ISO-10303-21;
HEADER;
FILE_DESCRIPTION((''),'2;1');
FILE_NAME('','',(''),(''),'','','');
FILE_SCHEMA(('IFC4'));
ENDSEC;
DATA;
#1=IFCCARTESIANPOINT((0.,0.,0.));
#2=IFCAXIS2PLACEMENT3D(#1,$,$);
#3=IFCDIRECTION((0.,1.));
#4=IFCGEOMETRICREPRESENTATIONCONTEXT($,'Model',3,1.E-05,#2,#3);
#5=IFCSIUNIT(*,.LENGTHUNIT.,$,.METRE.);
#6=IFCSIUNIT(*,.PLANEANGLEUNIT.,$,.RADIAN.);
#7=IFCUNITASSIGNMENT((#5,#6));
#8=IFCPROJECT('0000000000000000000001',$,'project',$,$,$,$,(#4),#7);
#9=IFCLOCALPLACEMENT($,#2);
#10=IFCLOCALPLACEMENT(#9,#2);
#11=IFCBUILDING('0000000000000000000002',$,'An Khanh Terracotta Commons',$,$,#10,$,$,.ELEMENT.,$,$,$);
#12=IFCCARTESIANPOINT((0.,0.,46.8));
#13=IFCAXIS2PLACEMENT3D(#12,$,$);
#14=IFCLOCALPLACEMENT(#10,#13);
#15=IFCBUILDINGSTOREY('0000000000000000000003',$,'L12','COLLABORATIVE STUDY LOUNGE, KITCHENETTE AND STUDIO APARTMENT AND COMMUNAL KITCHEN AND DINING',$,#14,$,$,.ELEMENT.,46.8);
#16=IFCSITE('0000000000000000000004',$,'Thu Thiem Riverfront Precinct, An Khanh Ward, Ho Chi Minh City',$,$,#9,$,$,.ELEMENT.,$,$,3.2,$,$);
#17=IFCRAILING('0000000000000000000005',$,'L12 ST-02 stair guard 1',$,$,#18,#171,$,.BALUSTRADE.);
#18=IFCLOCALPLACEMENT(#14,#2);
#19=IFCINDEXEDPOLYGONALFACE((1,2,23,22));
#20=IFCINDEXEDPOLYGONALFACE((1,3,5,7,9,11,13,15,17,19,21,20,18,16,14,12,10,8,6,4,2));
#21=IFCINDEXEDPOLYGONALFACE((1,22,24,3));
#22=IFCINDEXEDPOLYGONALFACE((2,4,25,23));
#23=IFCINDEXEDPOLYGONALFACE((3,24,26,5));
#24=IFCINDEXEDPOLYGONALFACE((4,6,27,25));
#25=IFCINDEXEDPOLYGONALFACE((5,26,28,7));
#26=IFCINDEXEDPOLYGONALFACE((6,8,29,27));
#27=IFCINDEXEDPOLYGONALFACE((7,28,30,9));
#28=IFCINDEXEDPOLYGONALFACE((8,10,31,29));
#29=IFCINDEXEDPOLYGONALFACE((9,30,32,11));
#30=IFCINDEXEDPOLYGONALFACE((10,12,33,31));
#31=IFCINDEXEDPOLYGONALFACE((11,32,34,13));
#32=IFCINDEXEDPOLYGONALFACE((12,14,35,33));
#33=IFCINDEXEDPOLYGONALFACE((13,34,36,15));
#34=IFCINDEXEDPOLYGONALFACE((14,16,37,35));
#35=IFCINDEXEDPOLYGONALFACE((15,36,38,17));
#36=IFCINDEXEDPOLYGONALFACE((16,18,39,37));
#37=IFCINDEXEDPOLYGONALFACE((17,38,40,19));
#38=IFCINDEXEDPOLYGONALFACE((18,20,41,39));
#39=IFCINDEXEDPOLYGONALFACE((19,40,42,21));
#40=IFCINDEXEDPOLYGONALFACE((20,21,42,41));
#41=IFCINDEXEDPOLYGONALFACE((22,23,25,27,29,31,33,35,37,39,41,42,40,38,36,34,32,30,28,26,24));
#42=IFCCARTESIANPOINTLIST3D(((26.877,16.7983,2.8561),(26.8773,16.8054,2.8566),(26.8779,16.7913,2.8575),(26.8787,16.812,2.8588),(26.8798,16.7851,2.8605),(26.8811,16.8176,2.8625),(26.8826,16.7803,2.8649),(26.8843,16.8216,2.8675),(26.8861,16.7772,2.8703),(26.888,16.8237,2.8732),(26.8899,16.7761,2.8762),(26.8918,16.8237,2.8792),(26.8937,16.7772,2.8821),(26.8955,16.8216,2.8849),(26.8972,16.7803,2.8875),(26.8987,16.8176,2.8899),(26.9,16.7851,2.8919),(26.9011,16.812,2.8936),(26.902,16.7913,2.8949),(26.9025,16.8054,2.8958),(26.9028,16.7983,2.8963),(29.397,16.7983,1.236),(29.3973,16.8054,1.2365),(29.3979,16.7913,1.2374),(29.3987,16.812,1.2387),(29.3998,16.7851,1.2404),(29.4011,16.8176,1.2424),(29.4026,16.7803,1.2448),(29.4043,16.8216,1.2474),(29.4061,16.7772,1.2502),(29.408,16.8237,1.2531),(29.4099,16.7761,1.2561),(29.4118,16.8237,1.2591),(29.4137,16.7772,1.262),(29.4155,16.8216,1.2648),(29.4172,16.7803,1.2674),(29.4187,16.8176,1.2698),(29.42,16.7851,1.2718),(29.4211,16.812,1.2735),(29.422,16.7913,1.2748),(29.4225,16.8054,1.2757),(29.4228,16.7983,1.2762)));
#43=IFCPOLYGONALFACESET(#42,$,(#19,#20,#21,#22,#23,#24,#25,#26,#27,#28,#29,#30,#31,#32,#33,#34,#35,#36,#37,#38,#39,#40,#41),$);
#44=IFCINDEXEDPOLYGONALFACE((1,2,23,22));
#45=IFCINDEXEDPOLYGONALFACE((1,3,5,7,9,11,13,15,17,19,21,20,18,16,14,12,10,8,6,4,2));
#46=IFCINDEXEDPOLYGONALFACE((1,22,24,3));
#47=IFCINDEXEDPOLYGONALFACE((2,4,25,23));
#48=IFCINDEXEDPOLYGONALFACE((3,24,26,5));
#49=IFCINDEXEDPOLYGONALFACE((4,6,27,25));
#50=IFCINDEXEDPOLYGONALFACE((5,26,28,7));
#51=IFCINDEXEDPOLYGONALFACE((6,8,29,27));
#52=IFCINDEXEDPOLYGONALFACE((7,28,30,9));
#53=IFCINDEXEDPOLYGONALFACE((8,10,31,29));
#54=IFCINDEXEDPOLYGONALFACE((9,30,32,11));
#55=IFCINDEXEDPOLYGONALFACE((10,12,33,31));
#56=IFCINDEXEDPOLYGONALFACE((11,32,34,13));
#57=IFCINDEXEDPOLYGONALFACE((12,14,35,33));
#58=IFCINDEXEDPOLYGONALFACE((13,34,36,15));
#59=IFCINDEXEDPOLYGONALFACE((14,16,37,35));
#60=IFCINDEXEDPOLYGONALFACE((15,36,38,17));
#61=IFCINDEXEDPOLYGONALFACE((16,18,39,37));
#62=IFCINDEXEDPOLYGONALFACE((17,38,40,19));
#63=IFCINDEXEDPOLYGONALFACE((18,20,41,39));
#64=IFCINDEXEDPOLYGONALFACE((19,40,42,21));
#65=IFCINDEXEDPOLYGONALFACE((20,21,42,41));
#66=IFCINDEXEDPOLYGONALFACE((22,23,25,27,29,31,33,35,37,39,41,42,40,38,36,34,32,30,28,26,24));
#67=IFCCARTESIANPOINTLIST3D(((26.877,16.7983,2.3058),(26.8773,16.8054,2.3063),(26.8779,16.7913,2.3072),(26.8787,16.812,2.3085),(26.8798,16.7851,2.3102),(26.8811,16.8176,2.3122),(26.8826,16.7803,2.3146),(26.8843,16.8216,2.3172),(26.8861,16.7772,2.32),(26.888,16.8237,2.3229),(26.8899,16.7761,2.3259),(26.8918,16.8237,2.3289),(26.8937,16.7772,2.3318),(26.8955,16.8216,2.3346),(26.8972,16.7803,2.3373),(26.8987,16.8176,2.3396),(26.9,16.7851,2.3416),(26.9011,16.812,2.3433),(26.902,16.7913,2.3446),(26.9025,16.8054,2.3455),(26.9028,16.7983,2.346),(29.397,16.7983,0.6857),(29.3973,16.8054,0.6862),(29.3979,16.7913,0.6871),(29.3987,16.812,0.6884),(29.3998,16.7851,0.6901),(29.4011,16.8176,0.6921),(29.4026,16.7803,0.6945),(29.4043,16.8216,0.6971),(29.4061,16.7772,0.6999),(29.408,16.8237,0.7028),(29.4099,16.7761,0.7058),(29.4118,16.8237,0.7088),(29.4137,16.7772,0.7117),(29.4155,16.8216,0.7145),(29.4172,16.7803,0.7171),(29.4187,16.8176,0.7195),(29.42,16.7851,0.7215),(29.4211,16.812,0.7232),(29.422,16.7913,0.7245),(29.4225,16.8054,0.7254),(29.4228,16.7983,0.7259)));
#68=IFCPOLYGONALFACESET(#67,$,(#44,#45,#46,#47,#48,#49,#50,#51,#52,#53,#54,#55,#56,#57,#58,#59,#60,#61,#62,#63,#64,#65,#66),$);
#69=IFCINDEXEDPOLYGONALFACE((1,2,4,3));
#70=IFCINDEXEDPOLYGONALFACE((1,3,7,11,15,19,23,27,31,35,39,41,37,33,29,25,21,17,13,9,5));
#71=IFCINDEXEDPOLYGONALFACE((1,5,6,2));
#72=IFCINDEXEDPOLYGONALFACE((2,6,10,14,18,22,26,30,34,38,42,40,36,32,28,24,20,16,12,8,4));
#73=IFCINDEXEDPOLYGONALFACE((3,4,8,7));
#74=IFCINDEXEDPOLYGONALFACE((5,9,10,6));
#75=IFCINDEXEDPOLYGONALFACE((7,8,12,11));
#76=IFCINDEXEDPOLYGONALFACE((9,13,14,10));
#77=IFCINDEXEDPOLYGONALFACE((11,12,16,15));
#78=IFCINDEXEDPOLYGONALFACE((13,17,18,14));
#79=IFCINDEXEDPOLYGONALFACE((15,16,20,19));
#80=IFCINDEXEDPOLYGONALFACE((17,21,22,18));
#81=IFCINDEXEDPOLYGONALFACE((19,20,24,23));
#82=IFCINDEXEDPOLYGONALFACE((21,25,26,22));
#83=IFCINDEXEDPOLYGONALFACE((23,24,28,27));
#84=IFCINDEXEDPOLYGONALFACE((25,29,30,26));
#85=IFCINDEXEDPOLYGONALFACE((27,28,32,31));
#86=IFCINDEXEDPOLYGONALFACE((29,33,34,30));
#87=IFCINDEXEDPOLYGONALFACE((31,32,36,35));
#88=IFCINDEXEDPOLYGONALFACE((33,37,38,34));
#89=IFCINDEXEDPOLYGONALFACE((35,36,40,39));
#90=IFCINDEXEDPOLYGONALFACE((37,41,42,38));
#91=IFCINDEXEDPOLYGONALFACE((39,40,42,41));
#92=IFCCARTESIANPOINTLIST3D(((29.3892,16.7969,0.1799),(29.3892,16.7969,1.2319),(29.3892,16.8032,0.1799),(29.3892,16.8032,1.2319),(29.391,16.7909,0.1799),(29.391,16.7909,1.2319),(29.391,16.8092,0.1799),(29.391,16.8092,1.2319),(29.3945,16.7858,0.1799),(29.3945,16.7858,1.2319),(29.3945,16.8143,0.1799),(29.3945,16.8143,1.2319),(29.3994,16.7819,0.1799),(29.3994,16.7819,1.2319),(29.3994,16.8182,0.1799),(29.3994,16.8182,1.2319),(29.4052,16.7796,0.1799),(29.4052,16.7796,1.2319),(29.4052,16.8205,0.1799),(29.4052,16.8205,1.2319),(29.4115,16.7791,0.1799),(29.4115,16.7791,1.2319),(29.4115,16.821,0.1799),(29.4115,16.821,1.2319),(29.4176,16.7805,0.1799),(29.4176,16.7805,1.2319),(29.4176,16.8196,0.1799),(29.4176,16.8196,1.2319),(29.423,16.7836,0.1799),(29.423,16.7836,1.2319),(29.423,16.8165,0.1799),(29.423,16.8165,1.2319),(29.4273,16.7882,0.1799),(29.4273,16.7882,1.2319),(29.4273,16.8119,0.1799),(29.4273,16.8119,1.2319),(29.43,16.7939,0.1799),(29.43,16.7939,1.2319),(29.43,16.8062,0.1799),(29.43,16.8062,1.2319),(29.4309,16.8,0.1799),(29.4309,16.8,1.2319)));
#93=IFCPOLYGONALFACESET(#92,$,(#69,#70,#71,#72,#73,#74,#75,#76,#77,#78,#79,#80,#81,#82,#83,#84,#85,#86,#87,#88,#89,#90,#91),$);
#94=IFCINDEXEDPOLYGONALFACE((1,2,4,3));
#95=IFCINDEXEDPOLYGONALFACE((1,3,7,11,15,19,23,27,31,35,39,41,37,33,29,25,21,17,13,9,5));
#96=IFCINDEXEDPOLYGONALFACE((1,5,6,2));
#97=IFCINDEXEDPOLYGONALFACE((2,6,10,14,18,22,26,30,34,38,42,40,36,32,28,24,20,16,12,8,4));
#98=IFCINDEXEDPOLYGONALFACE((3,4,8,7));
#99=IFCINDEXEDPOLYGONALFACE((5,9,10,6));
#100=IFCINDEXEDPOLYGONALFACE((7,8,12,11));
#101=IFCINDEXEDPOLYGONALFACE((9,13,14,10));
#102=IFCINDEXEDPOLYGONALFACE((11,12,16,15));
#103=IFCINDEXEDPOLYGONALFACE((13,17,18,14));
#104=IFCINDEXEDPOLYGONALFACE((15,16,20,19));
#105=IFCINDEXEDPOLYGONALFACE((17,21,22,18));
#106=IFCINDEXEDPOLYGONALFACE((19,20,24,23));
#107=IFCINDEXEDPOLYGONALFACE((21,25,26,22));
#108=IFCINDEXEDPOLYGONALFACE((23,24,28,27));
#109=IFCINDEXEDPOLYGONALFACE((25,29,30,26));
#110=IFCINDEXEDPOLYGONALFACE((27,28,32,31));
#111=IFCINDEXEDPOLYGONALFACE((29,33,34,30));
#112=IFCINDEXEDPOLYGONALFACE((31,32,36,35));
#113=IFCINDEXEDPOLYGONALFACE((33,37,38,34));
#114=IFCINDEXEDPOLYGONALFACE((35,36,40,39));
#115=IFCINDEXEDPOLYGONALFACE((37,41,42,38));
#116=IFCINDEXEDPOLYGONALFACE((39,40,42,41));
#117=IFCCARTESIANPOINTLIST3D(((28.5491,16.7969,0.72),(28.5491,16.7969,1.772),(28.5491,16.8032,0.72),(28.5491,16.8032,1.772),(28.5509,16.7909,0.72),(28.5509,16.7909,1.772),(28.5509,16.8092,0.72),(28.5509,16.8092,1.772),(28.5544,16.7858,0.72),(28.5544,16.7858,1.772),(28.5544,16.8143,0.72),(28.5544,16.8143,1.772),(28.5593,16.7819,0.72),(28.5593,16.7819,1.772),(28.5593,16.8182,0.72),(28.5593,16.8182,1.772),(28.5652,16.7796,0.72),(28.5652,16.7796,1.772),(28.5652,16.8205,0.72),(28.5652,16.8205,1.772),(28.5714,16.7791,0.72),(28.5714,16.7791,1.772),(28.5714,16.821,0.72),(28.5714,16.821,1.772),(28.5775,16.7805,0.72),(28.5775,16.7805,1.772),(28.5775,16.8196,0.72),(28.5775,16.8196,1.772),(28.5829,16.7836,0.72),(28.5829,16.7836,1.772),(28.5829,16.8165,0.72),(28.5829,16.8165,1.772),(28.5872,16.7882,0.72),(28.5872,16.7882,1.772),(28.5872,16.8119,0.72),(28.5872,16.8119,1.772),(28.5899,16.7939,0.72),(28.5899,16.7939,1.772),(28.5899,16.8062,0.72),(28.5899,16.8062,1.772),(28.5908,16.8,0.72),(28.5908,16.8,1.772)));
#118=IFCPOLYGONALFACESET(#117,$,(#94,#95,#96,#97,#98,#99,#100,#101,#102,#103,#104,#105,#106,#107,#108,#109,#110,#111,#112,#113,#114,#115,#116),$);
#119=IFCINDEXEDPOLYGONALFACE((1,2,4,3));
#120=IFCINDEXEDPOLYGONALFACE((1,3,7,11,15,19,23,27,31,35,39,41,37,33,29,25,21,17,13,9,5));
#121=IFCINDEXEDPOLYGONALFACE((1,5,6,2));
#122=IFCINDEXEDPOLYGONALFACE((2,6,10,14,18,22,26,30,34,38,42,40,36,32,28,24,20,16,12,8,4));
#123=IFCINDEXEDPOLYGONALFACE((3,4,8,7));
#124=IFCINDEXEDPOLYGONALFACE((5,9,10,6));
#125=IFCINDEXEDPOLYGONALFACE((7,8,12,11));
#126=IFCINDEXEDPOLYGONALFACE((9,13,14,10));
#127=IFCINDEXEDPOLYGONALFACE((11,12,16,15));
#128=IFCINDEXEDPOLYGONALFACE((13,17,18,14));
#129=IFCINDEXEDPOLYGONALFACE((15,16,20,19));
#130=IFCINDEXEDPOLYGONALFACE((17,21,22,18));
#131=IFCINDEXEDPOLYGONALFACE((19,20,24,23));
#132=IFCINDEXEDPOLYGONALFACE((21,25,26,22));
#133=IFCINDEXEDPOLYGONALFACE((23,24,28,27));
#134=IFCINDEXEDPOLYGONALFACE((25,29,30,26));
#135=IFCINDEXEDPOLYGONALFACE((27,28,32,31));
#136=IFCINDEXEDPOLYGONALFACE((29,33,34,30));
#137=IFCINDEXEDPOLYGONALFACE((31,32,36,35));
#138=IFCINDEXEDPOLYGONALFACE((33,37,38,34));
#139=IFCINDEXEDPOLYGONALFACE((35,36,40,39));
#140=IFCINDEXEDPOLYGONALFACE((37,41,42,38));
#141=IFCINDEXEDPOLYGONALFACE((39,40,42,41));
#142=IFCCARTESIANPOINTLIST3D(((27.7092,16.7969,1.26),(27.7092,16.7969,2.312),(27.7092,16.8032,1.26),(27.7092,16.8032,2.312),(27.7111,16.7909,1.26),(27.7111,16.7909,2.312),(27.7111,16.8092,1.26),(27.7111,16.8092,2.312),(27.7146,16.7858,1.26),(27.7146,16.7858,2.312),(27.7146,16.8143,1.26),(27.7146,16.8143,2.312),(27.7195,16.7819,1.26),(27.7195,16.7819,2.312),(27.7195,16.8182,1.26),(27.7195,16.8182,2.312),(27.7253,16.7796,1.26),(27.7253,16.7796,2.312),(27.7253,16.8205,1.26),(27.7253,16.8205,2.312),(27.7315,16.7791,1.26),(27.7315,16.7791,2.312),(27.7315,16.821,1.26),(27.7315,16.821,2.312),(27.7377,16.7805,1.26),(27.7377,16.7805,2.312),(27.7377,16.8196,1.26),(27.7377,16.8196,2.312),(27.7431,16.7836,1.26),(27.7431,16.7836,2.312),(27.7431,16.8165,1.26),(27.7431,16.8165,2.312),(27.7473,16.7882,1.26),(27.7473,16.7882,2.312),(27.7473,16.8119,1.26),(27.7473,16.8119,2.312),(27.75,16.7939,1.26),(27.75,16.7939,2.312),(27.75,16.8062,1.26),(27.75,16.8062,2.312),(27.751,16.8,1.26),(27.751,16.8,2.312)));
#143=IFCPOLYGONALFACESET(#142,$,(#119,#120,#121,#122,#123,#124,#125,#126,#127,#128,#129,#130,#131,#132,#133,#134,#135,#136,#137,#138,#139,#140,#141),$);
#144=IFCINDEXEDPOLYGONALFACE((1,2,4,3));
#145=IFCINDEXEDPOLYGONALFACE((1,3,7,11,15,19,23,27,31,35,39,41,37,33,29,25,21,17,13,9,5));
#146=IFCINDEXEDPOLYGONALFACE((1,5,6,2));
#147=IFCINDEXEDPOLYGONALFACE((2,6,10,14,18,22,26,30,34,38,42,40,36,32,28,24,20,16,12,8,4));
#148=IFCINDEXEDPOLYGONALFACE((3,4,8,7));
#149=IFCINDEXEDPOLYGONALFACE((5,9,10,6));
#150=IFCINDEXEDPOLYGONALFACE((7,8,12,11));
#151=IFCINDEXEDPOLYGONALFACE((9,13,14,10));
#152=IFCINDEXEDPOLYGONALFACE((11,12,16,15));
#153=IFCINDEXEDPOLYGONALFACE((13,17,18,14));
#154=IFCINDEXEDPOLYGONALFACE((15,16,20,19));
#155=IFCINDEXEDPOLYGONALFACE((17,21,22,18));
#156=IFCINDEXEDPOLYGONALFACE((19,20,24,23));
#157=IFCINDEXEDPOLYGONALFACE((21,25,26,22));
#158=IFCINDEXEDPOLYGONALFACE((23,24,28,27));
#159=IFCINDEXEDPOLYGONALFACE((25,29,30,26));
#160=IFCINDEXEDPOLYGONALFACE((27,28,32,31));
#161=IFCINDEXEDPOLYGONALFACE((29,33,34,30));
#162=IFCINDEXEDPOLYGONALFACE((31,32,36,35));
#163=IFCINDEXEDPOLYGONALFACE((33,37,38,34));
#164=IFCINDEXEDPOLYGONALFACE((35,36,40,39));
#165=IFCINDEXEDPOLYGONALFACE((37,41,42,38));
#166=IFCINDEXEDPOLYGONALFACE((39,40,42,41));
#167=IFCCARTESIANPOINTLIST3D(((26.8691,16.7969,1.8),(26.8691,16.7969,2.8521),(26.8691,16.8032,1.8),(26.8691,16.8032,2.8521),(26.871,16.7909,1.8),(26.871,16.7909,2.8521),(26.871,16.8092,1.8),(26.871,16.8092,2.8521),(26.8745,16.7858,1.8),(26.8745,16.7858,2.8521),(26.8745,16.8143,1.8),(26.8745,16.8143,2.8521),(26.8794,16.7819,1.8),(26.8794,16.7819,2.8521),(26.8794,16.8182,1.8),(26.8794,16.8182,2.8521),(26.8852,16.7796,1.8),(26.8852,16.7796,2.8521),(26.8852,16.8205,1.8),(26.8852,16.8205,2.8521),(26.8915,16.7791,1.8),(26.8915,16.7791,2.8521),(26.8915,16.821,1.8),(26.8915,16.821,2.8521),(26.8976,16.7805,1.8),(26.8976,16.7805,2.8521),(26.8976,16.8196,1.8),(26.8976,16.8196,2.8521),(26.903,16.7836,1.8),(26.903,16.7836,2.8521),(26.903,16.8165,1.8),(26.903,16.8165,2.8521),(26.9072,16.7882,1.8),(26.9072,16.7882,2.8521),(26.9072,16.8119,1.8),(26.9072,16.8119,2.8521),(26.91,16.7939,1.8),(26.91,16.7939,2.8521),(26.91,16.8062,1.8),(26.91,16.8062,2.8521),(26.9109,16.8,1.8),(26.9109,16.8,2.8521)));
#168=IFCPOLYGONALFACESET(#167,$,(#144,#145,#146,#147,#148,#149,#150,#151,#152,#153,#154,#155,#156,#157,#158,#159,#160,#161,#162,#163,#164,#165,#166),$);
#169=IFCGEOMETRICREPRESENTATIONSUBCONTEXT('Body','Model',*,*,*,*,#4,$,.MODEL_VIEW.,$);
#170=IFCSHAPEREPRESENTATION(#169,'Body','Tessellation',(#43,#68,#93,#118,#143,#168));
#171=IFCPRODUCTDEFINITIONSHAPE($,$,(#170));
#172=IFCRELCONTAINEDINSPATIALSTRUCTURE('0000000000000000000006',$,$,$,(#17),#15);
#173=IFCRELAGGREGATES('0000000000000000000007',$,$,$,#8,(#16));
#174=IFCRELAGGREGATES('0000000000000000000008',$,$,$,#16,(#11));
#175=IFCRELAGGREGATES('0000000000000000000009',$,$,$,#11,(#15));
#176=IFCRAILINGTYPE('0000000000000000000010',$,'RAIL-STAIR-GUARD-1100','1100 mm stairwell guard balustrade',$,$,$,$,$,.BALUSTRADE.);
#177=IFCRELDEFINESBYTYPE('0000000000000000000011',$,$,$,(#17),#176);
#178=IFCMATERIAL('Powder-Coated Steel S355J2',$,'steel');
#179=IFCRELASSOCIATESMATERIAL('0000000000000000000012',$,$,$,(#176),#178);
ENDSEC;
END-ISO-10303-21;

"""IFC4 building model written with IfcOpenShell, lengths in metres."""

from ifc_helpers import new_model, si_unit, direction, frame, origin, origin_2d, place, context, subcontext, project, spatial, circle, extrude, material, type_object, element, save


model = new_model("IFC4")

# Units and contexts
model_context = context("Model", 3, precision=1e-05, world=origin(), true_north=direction((0.0, 1.0)))
body_context = subcontext(model_context, "Body", "Model", "MODEL_VIEW")
ifc_project = project(units=[si_unit("LENGTHUNIT", "METRE"), si_unit("PLANEANGLEUNIT", "RADIAN")], contexts=[model_context])

# Site, building, storey
site_placement = place(None, origin())
site = spatial("IfcSite", under=ifc_project, at=site_placement, Name="Thu Thiem Riverfront Precinct, An Khanh Ward, Ho Chi Minh City", CompositionType="ELEMENT", RefElevation=3.2)
building_placement = place(site_placement, origin())
building = spatial("IfcBuilding", under=site, at=building_placement, Name="An Khanh Terracotta Commons", CompositionType="ELEMENT")
storey_placement = place(building_placement, frame((0.0, 0.0, 46.8)))
storey = spatial("IfcBuildingStorey", under=building, at=storey_placement, Name="L12", Description="COLLABORATIVE STUDY LOUNGE, KITCHENETTE AND STUDIO APARTMENT AND COMMUNAL KITCHEN AND DINING", CompositionType="ELEMENT", Elevation=46.8)

# Railing
ifc_material_1 = material(Name="Powder-Coated Steel S355J2", Category="steel")
railing_type_1 = type_object("IfcRailingType", Name="RAIL-STAIR-GUARD-1100", Description="1100 mm stairwell guard balustrade", PredefinedType="BALUSTRADE", material=ifc_material_1)
railing_1_placement = place(storey_placement, frame((29.4099, 16.8, 0.1799)))
element("IfcRailing", 1, at=railing_1_placement, inside=storey, type_object=railing_type_1, Name="L12 ST-02 stair guard 1", PredefinedType="BALUSTRADE", context=body_context, shape_type="SweptSolid", body=[
    extrude(circle(Radius=0.0239, at=origin_2d()), frame((0.0, 0.0, 1.0762), z_axis=(-0.841163, 0.0, 0.540782), x_axis=(0.0, -1.0, 0.0)), (0.0, 0.0, 1.0), 2.9958),
    extrude(circle(Radius=0.0239, at=origin_2d()), frame((0.0, 0.0, 0.5259), z_axis=(-0.841163, 0.0, 0.540782), x_axis=(0.0, -1.0, 0.0)), (0.0, 0.0, 1.0), 2.9958),
    extrude(circle(Radius=0.021, at=origin_2d()), origin(), (0.0, 0.0, 1.0), 1.052),
    extrude(circle(Radius=0.021, at=origin_2d()), frame((-0.8401, 0.0, 0.54)), (0.0, 0.0, 1.0), 1.052),
    extrude(circle(Radius=0.021, at=origin_2d()), frame((-1.6799, 0.0, 1.0801)), (0.0, 0.0, 1.0), 1.052),
    extrude(circle(Radius=0.021, at=origin_2d()), frame((-2.52, 0.0, 1.6201)), (0.0, 0.0, 1.0), 1.052),
])

save(model, "model.ifc")
